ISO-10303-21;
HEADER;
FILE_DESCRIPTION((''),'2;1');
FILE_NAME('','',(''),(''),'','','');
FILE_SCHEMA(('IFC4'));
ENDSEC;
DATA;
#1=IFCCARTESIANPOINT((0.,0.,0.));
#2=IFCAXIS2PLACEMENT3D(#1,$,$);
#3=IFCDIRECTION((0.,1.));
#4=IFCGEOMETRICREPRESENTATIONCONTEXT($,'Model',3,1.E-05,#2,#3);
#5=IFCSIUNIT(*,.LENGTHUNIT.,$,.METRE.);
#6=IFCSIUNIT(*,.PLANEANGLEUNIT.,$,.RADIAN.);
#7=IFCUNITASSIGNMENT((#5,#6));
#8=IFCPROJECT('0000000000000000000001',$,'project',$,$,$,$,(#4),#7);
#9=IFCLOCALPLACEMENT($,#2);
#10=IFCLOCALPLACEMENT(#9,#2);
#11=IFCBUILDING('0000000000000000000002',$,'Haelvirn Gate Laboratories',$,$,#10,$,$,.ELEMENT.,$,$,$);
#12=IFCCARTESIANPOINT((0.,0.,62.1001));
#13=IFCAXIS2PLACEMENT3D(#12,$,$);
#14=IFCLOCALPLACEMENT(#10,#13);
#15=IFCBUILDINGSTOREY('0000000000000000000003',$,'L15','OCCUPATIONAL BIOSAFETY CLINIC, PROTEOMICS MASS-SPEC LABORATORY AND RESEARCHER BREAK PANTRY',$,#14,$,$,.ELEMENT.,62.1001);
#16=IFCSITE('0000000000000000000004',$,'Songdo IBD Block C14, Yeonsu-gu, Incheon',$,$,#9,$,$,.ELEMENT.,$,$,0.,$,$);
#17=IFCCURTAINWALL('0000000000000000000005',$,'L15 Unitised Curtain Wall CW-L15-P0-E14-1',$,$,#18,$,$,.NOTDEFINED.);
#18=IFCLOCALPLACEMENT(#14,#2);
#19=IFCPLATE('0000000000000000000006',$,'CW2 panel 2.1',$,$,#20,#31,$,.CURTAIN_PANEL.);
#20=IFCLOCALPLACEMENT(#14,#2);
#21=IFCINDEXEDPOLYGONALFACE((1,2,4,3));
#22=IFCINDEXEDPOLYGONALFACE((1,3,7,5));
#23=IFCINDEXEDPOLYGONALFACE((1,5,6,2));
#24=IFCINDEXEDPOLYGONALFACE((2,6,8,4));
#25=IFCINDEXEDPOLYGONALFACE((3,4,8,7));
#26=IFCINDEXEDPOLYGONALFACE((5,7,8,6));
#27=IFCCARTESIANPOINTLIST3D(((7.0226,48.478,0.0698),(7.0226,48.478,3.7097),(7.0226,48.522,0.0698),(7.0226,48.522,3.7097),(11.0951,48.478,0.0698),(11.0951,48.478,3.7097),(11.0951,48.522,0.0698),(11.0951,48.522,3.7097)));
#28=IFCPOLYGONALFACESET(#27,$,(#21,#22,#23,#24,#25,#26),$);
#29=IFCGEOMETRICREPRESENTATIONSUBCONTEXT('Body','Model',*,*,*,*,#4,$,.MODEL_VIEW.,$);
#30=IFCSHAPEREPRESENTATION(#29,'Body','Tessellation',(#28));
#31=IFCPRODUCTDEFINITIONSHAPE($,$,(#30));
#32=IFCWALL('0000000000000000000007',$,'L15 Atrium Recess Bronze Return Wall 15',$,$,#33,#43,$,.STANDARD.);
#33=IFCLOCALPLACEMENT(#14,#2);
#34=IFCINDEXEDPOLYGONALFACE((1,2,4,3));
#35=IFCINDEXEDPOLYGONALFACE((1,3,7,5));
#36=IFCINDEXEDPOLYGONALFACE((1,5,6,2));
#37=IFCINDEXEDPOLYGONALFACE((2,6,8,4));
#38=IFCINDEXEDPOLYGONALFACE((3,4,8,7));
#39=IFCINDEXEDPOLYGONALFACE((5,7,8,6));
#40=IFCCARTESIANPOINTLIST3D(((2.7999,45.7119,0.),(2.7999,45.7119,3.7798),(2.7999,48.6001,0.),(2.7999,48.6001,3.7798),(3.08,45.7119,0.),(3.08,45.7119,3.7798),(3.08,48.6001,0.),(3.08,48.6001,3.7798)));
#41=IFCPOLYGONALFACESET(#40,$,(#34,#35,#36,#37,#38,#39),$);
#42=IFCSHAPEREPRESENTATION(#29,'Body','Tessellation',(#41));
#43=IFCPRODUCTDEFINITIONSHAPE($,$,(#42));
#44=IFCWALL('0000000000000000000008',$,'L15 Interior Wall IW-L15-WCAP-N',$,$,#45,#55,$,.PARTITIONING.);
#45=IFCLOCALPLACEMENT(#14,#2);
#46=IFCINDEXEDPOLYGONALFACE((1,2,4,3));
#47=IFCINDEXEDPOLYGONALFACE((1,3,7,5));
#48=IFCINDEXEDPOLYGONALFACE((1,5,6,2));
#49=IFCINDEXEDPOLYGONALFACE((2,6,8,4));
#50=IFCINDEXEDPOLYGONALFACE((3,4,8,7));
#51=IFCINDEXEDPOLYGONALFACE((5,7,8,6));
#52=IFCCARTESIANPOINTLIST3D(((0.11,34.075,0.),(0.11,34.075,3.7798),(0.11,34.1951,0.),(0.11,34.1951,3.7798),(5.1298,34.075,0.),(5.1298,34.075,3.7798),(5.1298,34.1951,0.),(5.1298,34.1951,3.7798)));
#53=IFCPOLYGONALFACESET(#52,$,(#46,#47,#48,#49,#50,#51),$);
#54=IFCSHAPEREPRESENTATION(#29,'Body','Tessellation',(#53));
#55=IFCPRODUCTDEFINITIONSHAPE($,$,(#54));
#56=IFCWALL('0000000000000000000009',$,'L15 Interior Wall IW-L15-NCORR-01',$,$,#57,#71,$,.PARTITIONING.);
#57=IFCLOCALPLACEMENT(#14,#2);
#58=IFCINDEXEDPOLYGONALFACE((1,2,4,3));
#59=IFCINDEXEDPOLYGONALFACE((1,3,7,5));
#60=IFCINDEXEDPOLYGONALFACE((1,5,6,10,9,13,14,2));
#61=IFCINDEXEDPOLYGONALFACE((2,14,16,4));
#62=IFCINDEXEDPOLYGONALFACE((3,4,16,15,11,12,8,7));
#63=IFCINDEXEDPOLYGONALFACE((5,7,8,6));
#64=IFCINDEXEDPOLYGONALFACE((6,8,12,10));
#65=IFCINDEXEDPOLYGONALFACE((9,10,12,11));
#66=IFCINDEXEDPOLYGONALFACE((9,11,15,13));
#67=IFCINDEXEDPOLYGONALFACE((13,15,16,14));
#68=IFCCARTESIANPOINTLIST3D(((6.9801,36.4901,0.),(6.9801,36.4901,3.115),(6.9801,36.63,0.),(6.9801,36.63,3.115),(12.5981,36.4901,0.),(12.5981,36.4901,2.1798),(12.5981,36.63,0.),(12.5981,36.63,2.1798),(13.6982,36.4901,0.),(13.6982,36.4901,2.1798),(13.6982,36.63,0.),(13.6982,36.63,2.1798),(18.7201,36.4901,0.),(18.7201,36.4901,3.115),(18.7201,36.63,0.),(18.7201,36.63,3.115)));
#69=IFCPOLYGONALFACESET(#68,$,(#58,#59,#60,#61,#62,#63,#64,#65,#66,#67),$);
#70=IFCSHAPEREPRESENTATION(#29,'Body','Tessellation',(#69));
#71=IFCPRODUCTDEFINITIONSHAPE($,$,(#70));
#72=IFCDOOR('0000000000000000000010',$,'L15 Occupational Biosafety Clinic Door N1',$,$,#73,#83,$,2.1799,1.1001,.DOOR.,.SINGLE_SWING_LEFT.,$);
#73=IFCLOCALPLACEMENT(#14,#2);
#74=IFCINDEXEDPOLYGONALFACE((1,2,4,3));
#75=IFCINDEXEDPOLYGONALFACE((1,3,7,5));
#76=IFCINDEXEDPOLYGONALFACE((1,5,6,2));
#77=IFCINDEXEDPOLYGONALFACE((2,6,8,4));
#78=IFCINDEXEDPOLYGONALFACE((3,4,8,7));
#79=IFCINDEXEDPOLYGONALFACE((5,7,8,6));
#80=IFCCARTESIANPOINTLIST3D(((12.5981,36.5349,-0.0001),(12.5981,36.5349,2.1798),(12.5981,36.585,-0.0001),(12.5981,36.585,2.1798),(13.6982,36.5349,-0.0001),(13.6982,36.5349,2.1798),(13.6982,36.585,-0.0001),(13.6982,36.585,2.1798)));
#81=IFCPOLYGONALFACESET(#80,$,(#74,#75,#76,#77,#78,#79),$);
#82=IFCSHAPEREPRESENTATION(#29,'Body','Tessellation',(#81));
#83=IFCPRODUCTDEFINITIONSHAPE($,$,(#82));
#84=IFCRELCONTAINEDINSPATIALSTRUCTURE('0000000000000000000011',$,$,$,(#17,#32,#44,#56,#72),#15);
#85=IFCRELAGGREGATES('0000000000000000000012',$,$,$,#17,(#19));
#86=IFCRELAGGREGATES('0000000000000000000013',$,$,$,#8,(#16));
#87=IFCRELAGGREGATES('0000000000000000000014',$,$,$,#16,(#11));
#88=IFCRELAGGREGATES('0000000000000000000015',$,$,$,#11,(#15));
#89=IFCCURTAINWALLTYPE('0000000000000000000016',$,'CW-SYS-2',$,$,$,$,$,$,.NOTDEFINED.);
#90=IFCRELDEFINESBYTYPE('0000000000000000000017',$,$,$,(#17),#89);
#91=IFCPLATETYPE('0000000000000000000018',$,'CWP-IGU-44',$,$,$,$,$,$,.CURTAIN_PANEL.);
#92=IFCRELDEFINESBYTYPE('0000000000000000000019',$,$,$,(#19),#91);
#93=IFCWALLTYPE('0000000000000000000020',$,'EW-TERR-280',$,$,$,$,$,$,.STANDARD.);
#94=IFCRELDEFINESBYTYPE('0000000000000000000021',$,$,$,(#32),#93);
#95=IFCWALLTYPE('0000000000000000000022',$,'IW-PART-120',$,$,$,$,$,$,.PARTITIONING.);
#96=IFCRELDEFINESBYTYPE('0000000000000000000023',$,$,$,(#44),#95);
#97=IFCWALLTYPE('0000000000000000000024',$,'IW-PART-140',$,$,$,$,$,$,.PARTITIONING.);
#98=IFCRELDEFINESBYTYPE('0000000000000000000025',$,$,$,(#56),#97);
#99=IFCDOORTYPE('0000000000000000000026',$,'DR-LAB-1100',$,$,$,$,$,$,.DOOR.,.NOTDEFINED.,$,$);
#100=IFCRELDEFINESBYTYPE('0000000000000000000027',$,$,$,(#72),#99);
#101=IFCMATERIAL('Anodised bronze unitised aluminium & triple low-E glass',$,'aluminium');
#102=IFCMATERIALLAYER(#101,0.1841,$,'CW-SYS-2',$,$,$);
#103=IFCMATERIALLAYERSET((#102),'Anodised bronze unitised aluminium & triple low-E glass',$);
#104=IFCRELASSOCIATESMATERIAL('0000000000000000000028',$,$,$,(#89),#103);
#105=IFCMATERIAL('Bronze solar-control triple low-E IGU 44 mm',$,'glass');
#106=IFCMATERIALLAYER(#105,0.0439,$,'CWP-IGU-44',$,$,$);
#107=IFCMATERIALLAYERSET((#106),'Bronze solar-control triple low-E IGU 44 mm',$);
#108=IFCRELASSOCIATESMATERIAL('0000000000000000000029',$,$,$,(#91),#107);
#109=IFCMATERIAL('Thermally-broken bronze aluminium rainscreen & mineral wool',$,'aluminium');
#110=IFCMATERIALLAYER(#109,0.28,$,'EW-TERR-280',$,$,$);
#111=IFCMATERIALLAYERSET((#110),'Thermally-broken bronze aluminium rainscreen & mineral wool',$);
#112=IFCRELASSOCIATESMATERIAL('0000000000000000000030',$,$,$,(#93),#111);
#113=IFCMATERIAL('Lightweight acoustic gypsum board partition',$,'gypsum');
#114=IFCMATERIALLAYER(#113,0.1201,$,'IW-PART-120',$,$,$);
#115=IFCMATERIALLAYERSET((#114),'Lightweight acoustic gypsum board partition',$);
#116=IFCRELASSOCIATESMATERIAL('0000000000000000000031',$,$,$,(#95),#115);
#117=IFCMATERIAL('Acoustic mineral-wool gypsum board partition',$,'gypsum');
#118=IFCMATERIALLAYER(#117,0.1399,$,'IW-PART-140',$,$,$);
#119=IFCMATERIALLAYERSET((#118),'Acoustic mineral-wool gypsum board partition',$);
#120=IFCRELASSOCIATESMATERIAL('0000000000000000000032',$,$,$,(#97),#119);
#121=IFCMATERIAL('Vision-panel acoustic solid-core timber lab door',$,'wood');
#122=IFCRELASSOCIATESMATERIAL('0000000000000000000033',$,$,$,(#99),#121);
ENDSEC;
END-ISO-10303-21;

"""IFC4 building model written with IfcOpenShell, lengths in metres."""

from ifc_helpers import new_model, si_unit, direction, frame, frame_2d, origin, origin_2d, place, context, subcontext, project, spatial, rectangle, extrude, source, transform, mapped, material, layer, layer_set, type_object, type_shapes, element, fill, aggregate, save


model = new_model("IFC4")

# Units and contexts
model_context = context("Model", 3, precision=1e-05, world=origin(), true_north=direction((0.0, 1.0)))
body_context = subcontext(model_context, "Body", "Model", "MODEL_VIEW")
ifc_project = project(units=[si_unit("LENGTHUNIT", "METRE"), si_unit("PLANEANGLEUNIT", "RADIAN")], contexts=[model_context])

# Site, building, storey
site_placement = place(None, origin())
site = spatial("IfcSite", under=ifc_project, at=site_placement, Name="Songdo IBD Block C14, Yeonsu-gu, Incheon", CompositionType="ELEMENT", RefElevation=0.0)
building_placement = place(site_placement, origin())
building = spatial("IfcBuilding", under=site, at=building_placement, Name="Haelvirn Gate Laboratories", CompositionType="ELEMENT")
storey_placement = place(building_placement, frame((0.0, 0.0, 62.1001)))
storey = spatial("IfcBuildingStorey", under=building, at=storey_placement, Name="L15", Description="OCCUPATIONAL BIOSAFETY CLINIC, PROTEOMICS MASS-SPEC LABORATORY AND RESEARCHER BREAK PANTRY", CompositionType="ELEMENT", Elevation=62.1001)

# Curtain wall
ifc_material_1 = material(Name="Anodised bronze unitised aluminium & triple low-E glass", Category="aluminium")
ifc_layer_1 = layer(ifc_material_1, 0.1841, Name="CW-SYS-2")
ifc_layer_set_1 = layer_set([ifc_layer_1], Name="Anodised bronze unitised aluminium & triple low-E glass")
curtain_wall_type_1 = type_object("IfcCurtainWallType", Name="CW-SYS-2", PredefinedType="NOTDEFINED", material=ifc_layer_set_1)
curtain_wall_1_placement = place(storey_placement, origin())
curtain_wall_1 = element("IfcCurtainWall", 1, at=curtain_wall_1_placement, inside=storey, type_object=curtain_wall_type_1, Name="L15 Unitised Curtain Wall CW-L15-P0-E14-1", PredefinedType="NOTDEFINED")

# Plate
ifc_material_2 = material(Name="Bronze solar-control triple low-E IGU 44 mm", Category="glass")
ifc_layer_2 = layer(ifc_material_2, 0.0439, Name="CWP-IGU-44")
ifc_layer_set_2 = layer_set([ifc_layer_2], Name="Bronze solar-control triple low-E IGU 44 mm")
plate_type_1 = type_object("IfcPlateType", Name="CWP-IGU-44", PredefinedType="CURTAIN_PANEL", material=ifc_layer_set_2)
shared_shape_1 = source(origin(), body_context, "Body", "SweptSolid", [
    extrude(rectangle(XDim=4.0725, YDim=0.0439, at=origin_2d()), origin(), (0.0, 0.0, 1.0), 3.6399),
])
plate_1_placement = place(storey_placement, frame((9.0588, 48.5, 0.0698), z_axis=(0.0, 0.0, 1.0), x_axis=(1.0, 0.0, 0.0)))
plate_1 = element("IfcPlate", 2, at=plate_1_placement, type_object=plate_type_1, Name="CW2 panel 2.1", PredefinedType="CURTAIN_PANEL", context=body_context, shape_type="MappedRepresentation", body=[
    mapped(shared_shape_1, transform((0.0, 0.0, 0.0), scale=1.0)),
])
aggregate(curtain_wall_1, [plate_1])

# Walls
ifc_material_3 = material(Name="Thermally-broken bronze aluminium rainscreen & mineral wool", Category="aluminium")
ifc_layer_3 = layer(ifc_material_3, 0.28, Name="EW-TERR-280")
ifc_layer_set_3 = layer_set([ifc_layer_3], Name="Thermally-broken bronze aluminium rainscreen & mineral wool")
wall_type_1 = type_object("IfcWallType", Name="EW-TERR-280", PredefinedType="STANDARD", material=ifc_layer_set_3)
wall_1_placement = place(storey_placement, frame((2.9399, 48.6001, 0.0), z_axis=(0.0, 0.0, 1.0), x_axis=(0.0, -1.0, 0.0)))
element("IfcWall", 3, at=wall_1_placement, inside=storey, type_object=wall_type_1, Name="L15 Atrium Recess Bronze Return Wall 15", PredefinedType="STANDARD", context=body_context, shape_type="SweptSolid", body=[
    extrude(rectangle(XDim=2.8882, YDim=0.28, at=frame_2d((1.4441, 0.0))), origin(), (0.0, 0.0, 1.0), 3.7798),
])
ifc_material_4 = material(Name="Lightweight acoustic gypsum board partition", Category="gypsum")
ifc_layer_4 = layer(ifc_material_4, 0.1201, Name="IW-PART-120")
ifc_layer_set_4 = layer_set([ifc_layer_4], Name="Lightweight acoustic gypsum board partition")
wall_type_2 = type_object("IfcWallType", Name="IW-PART-120", PredefinedType="PARTITIONING", material=ifc_layer_set_4)
wall_2_placement = place(storey_placement, frame((0.1101, 34.135, 0.0), z_axis=(0.0, 0.0, 1.0), x_axis=(1.0, 0.0, 0.0)))
element("IfcWall", 4, at=wall_2_placement, inside=storey, type_object=wall_type_2, Name="L15 Interior Wall IW-L15-WCAP-N", PredefinedType="PARTITIONING", context=body_context, shape_type="SweptSolid", body=[
    extrude(rectangle(XDim=5.0198, YDim=0.1201, at=frame_2d((2.5098, 0.0))), origin(), (0.0, 0.0, 1.0), 3.7798),
])

# Wall, opening, door
ifc_material_5 = material(Name="Acoustic mineral-wool gypsum board partition", Category="gypsum")
ifc_layer_5 = layer(ifc_material_5, 0.1399, Name="IW-PART-140")
ifc_layer_set_5 = layer_set([ifc_layer_5], Name="Acoustic mineral-wool gypsum board partition")
wall_type_3 = type_object("IfcWallType", Name="IW-PART-140", PredefinedType="PARTITIONING", material=ifc_layer_set_5)
wall_3_placement = place(storey_placement, frame((6.98, 36.5601, 0.0), z_axis=(0.0, 0.0, 1.0), x_axis=(1.0, 0.0, 0.0)))
wall_3 = element("IfcWall", 5, at=wall_3_placement, inside=storey, type_object=wall_type_3, Name="L15 Interior Wall IW-L15-NCORR-01", PredefinedType="PARTITIONING", context=body_context, shape_type="SweptSolid", body=[
    extrude(rectangle(XDim=11.74, YDim=0.1399, at=frame_2d((5.8701, 0.0))), origin(), (0.0, 0.0, 1.0), 3.115),
])
opening_placement = place(wall_3_placement, frame((5.6182, 0.0, 0.0)))
opening = element("IfcOpeningElement", 6, at=opening_placement, cuts=wall_3, PredefinedType="OPENING", context=body_context, shape_type="SweptSolid", body=[
    extrude(rectangle(XDim=1.1001, YDim=2.1799, at=frame_2d((0.55, 1.0898))), frame((0.0, 0.0801, 0.0), z_axis=(0.0, -1.0, 0.0), x_axis=(1.0, 0.0, 0.0)), (0.0, 0.0, 1.0), 0.1599),
])
ifc_material_6 = material(Name="Vision-panel acoustic solid-core timber lab door", Category="wood")
door_type = type_object("IfcDoorType", Name="DR-LAB-1100", OperationType="NOTDEFINED", PredefinedType="DOOR", material=ifc_material_6)
shared_shape_2 = source(origin(), body_context, "Body", "SweptSolid", [
    extrude(rectangle(XDim=1.1001, YDim=2.1799, at=frame_2d((0.55, 1.0898))), frame((0.0, 0.0249, 0.0), z_axis=(0.0, -1.0, 0.0), x_axis=(1.0, 0.0, 0.0)), (0.0, 0.0, 1.0), 0.05),
])
type_shapes(door_type, [shared_shape_2])
door_placement = place(opening_placement, origin())
door = element("IfcDoor", 7, at=door_placement, inside=storey, type_object=door_type, Name="L15 Occupational Biosafety Clinic Door N1", OperationType="SINGLE_SWING_LEFT", OverallHeight=2.1799, OverallWidth=1.1001, PredefinedType="DOOR", context=body_context, shape_type="MappedRepresentation", body=[
    mapped(shared_shape_2, transform((0.0, 0.0, 0.0), scale=1.0)),
])
fill(opening, door)

save(model, "model.ifc")
